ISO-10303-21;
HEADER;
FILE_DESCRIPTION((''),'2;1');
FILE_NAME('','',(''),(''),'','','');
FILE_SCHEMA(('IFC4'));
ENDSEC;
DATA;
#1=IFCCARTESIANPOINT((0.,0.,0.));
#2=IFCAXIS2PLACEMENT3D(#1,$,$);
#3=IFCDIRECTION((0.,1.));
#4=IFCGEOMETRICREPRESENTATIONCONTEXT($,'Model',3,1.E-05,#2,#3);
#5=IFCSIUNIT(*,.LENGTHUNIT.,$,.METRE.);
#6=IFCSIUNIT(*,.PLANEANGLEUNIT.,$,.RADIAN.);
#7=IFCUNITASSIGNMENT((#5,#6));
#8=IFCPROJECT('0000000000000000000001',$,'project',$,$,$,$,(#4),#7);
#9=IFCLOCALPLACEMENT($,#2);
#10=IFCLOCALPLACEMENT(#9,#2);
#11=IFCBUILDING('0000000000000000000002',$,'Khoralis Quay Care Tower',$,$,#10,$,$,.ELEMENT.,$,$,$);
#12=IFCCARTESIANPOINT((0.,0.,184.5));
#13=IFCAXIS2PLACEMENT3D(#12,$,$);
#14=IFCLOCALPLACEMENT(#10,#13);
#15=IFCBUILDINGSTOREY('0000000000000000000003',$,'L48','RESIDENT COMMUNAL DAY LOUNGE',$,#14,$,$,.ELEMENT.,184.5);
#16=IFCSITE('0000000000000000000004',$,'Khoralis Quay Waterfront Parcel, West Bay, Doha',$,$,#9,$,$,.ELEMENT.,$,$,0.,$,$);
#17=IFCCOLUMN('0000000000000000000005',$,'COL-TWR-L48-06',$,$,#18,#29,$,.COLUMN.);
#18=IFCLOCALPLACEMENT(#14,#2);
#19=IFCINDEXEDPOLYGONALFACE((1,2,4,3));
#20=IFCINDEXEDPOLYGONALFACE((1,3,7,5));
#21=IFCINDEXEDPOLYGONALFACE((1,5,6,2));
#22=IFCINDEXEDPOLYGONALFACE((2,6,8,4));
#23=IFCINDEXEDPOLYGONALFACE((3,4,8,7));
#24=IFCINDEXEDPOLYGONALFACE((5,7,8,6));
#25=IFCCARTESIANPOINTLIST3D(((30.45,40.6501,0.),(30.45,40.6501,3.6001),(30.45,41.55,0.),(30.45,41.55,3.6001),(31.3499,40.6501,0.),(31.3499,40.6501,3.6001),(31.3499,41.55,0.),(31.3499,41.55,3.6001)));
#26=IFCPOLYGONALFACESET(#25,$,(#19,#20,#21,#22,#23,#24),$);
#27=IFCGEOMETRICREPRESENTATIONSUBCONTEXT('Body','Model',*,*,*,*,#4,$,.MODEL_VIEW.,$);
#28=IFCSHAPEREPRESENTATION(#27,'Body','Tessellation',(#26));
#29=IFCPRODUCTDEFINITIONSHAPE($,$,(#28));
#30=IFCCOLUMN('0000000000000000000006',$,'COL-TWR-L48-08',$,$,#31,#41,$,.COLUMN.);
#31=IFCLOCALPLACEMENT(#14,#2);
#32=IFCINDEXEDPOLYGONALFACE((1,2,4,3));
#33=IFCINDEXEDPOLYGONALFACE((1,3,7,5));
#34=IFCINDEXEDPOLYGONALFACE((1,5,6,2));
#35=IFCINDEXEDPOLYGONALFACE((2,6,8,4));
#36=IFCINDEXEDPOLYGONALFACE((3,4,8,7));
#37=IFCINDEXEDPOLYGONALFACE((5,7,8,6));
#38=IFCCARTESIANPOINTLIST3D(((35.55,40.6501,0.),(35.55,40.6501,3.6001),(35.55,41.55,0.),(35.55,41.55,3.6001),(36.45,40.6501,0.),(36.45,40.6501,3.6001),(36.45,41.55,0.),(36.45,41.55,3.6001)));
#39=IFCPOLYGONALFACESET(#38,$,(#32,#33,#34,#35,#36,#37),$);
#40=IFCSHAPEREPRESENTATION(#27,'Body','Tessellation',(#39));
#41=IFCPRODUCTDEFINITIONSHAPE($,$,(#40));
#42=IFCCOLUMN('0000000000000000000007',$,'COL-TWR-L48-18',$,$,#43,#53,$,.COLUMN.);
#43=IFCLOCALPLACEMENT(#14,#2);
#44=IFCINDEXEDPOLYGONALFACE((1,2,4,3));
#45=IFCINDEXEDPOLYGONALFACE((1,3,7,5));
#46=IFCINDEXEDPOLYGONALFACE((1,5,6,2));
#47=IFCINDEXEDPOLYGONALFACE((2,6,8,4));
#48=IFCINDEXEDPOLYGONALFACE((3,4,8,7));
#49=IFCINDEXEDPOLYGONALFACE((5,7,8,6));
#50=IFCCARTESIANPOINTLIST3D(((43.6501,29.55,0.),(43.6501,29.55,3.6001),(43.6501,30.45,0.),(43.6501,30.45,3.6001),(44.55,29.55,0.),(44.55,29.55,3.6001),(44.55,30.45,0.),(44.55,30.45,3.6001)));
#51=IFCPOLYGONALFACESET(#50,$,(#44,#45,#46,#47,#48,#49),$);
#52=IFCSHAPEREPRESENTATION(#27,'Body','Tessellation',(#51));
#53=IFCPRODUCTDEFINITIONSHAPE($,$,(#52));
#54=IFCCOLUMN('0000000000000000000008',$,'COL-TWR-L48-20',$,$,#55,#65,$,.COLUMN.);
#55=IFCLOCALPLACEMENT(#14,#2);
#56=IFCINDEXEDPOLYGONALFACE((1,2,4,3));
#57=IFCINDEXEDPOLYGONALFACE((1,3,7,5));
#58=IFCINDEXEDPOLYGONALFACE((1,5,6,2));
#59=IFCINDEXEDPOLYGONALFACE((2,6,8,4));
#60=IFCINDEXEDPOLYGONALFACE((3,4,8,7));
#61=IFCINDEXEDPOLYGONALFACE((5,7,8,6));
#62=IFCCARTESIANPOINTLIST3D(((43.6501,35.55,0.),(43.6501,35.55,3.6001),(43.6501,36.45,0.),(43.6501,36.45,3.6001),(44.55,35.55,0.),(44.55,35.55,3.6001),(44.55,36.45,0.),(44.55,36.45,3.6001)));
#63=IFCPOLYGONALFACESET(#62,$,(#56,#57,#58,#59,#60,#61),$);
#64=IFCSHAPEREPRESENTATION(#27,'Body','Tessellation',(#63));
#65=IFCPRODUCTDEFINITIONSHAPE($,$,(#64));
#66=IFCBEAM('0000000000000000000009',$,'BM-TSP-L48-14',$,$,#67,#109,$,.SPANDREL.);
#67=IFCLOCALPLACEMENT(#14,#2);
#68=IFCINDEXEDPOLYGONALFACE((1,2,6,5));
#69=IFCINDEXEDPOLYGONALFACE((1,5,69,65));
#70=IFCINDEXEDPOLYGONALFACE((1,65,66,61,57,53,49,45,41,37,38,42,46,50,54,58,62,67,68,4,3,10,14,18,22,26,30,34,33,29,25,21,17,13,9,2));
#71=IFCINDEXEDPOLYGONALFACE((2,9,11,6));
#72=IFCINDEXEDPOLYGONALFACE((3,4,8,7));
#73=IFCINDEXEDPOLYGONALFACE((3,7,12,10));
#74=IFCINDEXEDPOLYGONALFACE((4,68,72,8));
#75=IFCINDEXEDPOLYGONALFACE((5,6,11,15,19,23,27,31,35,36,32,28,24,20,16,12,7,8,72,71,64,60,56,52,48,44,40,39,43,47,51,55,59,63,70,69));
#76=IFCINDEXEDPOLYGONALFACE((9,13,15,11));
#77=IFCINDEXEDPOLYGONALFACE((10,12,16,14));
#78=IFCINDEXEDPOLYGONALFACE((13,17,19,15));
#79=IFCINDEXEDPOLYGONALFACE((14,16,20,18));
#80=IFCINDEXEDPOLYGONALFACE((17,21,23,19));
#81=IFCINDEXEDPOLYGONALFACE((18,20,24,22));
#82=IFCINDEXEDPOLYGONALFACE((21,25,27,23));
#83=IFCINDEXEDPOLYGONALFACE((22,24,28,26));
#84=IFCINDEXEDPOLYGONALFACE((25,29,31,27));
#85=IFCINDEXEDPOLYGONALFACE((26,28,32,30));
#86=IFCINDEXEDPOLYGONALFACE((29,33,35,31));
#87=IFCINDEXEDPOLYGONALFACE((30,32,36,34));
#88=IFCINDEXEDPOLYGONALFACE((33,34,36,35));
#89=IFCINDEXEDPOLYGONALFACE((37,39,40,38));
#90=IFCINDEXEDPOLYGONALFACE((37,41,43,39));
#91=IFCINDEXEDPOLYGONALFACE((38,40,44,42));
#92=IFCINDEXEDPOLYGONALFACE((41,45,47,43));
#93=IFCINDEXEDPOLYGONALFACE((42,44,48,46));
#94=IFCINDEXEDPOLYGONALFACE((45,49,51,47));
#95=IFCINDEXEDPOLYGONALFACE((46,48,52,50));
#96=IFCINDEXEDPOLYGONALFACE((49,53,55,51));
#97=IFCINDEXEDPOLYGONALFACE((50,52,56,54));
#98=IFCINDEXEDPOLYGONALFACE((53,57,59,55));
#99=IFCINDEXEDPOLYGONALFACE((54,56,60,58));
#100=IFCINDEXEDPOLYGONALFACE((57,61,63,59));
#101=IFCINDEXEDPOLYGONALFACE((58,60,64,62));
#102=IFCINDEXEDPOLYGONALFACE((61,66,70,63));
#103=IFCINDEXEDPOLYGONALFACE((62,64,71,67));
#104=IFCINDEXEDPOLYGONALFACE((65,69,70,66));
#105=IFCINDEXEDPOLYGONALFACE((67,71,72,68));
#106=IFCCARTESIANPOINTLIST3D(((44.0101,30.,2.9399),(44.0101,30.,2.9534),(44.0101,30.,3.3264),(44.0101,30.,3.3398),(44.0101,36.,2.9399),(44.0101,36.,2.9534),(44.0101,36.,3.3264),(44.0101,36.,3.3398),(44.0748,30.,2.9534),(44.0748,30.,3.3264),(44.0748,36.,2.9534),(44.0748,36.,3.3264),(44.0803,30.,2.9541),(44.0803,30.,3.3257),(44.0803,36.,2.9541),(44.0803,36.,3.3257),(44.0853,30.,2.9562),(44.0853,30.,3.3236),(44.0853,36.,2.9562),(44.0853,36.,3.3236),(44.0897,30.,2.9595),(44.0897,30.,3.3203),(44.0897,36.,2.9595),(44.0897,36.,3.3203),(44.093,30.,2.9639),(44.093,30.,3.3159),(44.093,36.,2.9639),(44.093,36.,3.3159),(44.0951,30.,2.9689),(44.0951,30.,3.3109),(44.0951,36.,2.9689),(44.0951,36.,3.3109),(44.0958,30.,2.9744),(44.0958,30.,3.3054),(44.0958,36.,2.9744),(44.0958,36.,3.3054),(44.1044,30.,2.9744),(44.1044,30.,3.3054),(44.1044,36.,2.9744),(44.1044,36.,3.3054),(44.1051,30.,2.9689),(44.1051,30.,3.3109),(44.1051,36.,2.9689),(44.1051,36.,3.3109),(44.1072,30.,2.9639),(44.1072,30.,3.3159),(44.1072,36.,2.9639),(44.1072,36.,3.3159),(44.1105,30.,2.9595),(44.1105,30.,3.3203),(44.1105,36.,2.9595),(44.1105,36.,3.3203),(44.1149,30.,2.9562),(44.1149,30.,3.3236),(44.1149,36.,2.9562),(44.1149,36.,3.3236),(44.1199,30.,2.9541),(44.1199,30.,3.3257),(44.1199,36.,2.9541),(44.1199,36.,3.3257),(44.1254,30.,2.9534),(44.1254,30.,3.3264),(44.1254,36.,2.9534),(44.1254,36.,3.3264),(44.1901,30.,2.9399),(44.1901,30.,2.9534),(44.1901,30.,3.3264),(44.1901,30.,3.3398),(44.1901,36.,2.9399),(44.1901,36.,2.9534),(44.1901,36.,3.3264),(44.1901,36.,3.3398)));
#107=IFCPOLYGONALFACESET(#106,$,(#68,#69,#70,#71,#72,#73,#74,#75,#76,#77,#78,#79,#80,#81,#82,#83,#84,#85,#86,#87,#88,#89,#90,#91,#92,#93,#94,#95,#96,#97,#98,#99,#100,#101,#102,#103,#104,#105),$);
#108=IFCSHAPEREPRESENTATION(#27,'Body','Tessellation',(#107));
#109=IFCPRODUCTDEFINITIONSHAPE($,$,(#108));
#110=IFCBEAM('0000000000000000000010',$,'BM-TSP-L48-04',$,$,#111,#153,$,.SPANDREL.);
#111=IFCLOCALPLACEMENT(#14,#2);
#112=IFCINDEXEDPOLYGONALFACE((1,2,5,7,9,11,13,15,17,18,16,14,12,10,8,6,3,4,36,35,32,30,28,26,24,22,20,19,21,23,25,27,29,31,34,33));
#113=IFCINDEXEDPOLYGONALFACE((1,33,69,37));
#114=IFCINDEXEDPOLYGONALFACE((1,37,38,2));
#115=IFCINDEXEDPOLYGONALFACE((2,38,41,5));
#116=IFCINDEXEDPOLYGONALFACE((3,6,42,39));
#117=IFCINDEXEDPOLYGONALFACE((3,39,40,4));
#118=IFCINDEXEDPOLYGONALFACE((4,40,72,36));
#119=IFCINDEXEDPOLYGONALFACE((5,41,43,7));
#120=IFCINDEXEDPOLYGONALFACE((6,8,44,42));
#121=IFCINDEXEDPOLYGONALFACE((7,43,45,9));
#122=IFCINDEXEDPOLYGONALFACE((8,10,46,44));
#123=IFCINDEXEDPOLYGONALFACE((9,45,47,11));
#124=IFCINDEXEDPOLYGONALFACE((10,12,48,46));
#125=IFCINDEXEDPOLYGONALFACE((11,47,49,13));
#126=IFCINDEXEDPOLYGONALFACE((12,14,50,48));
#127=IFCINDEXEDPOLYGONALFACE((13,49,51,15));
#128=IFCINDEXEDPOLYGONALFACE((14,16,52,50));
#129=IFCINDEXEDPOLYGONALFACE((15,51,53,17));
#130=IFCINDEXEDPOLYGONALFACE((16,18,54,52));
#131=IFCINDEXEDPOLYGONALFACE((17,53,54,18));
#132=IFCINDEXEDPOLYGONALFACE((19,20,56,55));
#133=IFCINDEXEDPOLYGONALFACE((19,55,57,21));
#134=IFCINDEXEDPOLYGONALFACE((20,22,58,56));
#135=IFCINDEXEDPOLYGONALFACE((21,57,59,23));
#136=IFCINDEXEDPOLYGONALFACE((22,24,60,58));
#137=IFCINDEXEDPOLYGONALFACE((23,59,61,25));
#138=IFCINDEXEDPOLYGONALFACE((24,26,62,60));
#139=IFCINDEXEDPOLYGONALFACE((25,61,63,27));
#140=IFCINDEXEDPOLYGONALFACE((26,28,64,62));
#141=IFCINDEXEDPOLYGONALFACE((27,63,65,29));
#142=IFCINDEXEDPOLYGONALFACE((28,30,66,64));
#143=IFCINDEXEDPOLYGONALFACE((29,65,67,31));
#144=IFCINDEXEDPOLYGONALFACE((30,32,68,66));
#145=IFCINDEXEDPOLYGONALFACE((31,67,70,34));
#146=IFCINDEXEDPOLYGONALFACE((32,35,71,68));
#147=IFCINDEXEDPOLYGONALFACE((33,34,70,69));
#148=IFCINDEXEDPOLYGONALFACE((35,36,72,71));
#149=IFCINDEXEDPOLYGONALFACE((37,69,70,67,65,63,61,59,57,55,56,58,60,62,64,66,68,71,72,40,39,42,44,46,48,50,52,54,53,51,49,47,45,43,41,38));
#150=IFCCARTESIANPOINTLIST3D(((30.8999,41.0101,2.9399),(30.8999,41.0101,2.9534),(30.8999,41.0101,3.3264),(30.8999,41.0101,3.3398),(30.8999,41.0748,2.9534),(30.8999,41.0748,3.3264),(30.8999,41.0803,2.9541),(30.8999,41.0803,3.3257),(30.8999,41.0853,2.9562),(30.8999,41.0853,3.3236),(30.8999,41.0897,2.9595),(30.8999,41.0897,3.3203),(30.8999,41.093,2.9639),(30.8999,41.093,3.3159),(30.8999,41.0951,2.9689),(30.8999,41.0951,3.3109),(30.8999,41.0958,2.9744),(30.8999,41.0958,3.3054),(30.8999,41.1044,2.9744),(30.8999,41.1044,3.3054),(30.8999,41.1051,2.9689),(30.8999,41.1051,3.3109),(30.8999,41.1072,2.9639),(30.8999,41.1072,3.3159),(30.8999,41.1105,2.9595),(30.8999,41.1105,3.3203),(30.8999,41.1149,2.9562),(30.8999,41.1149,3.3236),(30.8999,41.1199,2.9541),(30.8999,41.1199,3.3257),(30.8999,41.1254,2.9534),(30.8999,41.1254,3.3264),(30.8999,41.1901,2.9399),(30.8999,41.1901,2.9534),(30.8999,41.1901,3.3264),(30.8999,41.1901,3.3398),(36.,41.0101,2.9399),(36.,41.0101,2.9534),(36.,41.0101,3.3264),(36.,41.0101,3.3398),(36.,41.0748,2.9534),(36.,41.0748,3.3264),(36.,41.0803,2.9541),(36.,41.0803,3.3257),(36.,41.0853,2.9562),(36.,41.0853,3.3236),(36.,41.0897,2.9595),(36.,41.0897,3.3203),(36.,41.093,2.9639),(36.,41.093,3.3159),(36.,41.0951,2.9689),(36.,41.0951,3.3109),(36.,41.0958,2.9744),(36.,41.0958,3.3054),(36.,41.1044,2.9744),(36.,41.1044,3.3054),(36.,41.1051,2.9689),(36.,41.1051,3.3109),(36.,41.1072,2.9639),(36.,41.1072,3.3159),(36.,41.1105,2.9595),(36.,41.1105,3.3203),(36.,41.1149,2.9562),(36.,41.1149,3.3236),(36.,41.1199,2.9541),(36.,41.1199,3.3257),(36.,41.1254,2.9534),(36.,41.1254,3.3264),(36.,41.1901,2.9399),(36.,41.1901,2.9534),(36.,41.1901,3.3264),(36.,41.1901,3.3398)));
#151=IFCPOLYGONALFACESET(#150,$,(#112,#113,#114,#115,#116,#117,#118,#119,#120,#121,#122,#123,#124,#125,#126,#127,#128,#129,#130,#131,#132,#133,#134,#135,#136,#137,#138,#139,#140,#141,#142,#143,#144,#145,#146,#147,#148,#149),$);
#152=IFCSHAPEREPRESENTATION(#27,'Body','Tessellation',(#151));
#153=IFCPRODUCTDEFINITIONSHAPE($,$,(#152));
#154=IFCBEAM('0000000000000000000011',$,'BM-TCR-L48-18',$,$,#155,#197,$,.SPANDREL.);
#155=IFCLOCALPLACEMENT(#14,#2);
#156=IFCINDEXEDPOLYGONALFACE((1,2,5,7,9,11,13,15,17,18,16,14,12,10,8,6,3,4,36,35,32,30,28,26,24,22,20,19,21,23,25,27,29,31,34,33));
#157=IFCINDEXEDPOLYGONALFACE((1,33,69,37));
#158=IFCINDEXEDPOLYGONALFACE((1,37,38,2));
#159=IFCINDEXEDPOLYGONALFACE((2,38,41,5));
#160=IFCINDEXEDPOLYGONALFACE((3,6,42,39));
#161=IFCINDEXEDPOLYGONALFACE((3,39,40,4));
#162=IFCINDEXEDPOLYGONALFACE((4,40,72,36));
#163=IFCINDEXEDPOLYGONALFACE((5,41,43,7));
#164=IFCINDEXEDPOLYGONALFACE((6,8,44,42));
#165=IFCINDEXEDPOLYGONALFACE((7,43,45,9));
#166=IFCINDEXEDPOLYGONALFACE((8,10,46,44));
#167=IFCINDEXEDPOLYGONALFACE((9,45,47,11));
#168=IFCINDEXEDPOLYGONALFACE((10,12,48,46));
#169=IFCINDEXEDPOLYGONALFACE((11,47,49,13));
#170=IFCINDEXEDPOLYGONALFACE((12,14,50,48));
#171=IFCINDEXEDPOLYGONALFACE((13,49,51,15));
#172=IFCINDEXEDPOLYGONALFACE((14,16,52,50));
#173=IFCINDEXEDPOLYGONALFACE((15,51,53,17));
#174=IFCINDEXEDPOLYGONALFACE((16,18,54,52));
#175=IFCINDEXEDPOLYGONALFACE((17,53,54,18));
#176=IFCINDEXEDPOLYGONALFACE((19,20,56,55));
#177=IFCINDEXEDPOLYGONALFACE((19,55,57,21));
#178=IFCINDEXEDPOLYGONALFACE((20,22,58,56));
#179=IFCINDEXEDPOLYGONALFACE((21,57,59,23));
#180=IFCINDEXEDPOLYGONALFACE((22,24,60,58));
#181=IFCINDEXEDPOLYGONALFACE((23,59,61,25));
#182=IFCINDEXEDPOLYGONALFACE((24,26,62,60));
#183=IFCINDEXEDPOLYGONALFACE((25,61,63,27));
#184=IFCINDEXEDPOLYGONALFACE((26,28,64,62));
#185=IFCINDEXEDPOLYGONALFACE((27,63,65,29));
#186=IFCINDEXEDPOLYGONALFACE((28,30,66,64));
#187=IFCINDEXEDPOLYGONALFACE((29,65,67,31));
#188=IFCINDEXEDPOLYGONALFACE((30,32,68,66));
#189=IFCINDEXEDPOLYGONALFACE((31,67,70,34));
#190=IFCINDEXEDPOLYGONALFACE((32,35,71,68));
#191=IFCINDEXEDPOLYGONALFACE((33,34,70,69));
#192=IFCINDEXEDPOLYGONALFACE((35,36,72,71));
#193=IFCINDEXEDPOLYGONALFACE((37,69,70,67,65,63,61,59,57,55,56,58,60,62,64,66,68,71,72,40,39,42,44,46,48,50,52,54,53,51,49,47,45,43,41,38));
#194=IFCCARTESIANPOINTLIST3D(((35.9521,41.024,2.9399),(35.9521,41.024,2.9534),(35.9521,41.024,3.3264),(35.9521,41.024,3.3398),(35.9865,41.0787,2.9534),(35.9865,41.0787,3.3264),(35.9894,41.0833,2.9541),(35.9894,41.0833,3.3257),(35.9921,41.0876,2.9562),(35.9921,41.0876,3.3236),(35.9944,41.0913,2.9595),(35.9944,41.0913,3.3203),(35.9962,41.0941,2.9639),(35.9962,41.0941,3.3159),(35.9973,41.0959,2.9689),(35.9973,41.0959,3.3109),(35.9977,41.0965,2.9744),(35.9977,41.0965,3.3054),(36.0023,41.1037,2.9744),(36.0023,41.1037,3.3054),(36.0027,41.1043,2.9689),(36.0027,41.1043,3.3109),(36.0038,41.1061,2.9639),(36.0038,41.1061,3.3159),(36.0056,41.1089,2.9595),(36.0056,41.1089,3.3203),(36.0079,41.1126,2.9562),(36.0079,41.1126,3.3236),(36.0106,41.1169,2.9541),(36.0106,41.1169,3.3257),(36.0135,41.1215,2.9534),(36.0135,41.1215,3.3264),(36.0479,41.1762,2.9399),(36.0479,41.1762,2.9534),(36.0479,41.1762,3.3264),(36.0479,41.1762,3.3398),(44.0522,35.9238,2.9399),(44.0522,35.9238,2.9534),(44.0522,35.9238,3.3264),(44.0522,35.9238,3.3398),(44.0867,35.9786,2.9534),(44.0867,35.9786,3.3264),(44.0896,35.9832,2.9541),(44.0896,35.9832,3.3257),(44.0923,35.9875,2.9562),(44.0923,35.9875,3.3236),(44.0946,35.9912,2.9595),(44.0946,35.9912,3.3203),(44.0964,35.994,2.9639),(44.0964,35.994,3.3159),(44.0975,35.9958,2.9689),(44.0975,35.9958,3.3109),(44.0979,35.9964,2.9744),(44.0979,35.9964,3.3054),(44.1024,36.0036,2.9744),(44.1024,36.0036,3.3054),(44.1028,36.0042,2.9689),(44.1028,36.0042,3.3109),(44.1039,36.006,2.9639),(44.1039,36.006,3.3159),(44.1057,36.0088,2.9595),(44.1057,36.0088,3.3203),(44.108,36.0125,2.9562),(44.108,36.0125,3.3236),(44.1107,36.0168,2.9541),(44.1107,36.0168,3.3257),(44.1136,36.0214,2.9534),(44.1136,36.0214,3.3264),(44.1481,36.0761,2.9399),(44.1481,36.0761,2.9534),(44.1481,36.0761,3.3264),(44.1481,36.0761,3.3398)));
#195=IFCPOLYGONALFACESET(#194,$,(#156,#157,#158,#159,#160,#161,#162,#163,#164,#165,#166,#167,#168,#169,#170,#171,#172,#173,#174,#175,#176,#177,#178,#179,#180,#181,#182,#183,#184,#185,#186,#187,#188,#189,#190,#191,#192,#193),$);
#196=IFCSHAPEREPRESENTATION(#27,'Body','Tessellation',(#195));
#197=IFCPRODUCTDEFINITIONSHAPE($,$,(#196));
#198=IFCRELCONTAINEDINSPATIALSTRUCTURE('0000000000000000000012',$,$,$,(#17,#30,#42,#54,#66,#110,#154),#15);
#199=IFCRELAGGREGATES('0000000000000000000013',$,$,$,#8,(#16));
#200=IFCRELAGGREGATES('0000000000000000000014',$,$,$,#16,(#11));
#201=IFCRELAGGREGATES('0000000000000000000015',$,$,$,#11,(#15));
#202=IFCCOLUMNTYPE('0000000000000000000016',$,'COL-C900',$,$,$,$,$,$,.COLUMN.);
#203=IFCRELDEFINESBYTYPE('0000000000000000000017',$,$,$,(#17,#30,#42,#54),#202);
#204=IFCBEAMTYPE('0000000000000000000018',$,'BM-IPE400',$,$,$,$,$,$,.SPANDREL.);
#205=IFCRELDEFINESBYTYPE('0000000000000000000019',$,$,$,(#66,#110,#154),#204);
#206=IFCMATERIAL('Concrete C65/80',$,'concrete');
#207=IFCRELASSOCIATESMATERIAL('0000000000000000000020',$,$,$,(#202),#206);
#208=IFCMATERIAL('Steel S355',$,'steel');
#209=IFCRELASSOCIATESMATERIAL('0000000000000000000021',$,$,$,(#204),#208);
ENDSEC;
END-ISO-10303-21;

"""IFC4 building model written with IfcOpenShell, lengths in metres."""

from ifc_helpers import new_model, si_unit, direction, frame, origin, origin_2d, place, context, subcontext, project, spatial, rectangle, i_section, extrude, source, transform, mapped, material, material_profile, profile_set, type_object, element, save


model = new_model("IFC4")

# Units and contexts
model_context = context("Model", 3, precision=1e-05, world=origin(), true_north=direction((0.0, 1.0)))
body_context = subcontext(model_context, "Body", "Model", "MODEL_VIEW")
ifc_project = project(units=[si_unit("LENGTHUNIT", "METRE"), si_unit("PLANEANGLEUNIT", "RADIAN")], contexts=[model_context])

# Site, building, storey
site_placement = place(None, origin())
site = spatial("IfcSite", under=ifc_project, at=site_placement, Name="Khoralis Quay Waterfront Parcel, West Bay, Doha", CompositionType="ELEMENT", RefElevation=0.0)
building_placement = place(site_placement, origin())
building = spatial("IfcBuilding", under=site, at=building_placement, Name="Khoralis Quay Care Tower", CompositionType="ELEMENT")
storey_placement = place(building_placement, frame((0.0, 0.0, 184.5)))
storey = spatial("IfcBuildingStorey", under=building, at=storey_placement, Name="L48", Description="RESIDENT COMMUNAL DAY LOUNGE", CompositionType="ELEMENT", Elevation=184.5)

# Columns
ifc_material_1 = material(Name="Concrete C65/80", Category="concrete")
ifc_material_profile_1 = material_profile(ifc_material_1, rectangle(XDim=0.8999, YDim=0.8999, at=origin_2d()), Name="Concrete C65/80")
ifc_profile_set_1 = profile_set([ifc_material_profile_1], Name="Concrete C65/80")
column_type = type_object("IfcColumnType", Name="COL-C900", PredefinedType="COLUMN", material=ifc_profile_set_1)
shared_shape_1 = source(origin(), body_context, "Body", "SweptSolid", [
    extrude(rectangle(XDim=0.8999, YDim=0.8999, at=origin_2d()), origin(), (0.0, 0.0, 1.0), 3.6001),
])
for number, where, z_axis, x_axis, name in (
    (1, (30.8999, 41.1001, 0.0), (0.0, 0.0, 1.0), (1.0, 0.0, 0.0), "COL-TWR-L48-06"),
    (2, (36.0, 41.1001, 0.0), (0.0, 0.0, 1.0), (1.0, 0.0, 0.0), "COL-TWR-L48-08"),
    (3, (44.1001, 30.0, 0.0), (0.0, 0.0, 1.0), (1.0, 0.0, 0.0), "COL-TWR-L48-18"),
    (4, (44.1001, 36.0, 0.0), (0.0, 0.0, 1.0), (1.0, 0.0, 0.0), "COL-TWR-L48-20"),
):
    element("IfcColumn", number, at=place(storey_placement, frame(where, z_axis=z_axis, x_axis=x_axis)), inside=storey, type_object=column_type, Name=name, PredefinedType="COLUMN", context=body_context, shape_type="MappedRepresentation", body=[
        mapped(shared_shape_1, transform((0.0, 0.0, 0.0), scale=1.0)),
    ])

# Beams
ifc_material_2 = material(Name="Steel S355", Category="steel")
ifc_material_profile_2 = material_profile(ifc_material_2, i_section(OverallWidth=0.1799, OverallDepth=0.3999, WebThickness=0.0085, FlangeThickness=0.0134, FilletRadius=0.021, at=origin_2d()), Name="Steel S355")
ifc_profile_set_2 = profile_set([ifc_material_profile_2], Name="Steel S355")
beam_type_1 = type_object("IfcBeamType", Name="BM-IPE400", PredefinedType="SPANDREL", material=ifc_profile_set_2)
shared_shape_2 = source(origin(), body_context, "Body", "SweptSolid", [
    extrude(i_section(OverallWidth=0.1799, OverallDepth=0.3999, WebThickness=0.0085, FlangeThickness=0.0134, FilletRadius=0.021, at=origin_2d()), origin(), (0.0, 0.0, 1.0), 6.0),
])
beam_1_placement = place(storey_placement, frame((44.1001, 30.0, 3.1399), z_axis=(0.0, 1.0, 0.0), x_axis=(-1.0, 0.0, 0.0)))
element("IfcBeam", 5, at=beam_1_placement, inside=storey, type_object=beam_type_1, Name="BM-TSP-L48-14", PredefinedType="SPANDREL", context=body_context, shape_type="MappedRepresentation", body=[
    mapped(shared_shape_2, transform((0.0, 0.0, 0.0), scale=1.0)),
])
shared_shape_3 = source(origin(), body_context, "Body", "SweptSolid", [
    extrude(i_section(OverallWidth=0.1799, OverallDepth=0.3999, WebThickness=0.0085, FlangeThickness=0.0134, FilletRadius=0.021, at=origin_2d()), origin(), (0.0, 0.0, 1.0), 5.1001),
])
beam_2_placement = place(storey_placement, frame((30.8999, 41.1001, 3.1399), z_axis=(1.0, 0.0, 0.0), x_axis=(0.0, 1.0, 0.0)))
element("IfcBeam", 6, at=beam_2_placement, inside=storey, type_object=beam_type_1, Name="BM-TSP-L48-04", PredefinedType="SPANDREL", context=body_context, shape_type="MappedRepresentation", body=[
    mapped(shared_shape_3, transform((0.0, 0.0, 0.0), scale=1.0)),
])
shared_shape_4 = source(origin(), body_context, "Body", "SweptSolid", [
    extrude(i_section(OverallWidth=0.1799, OverallDepth=0.3999, WebThickness=0.0085, FlangeThickness=0.0134, FilletRadius=0.021, at=origin_2d()), origin(), (0.0, 0.0, 1.0), 9.572),
])
beam_3_placement = place(storey_placement, frame((36.0, 41.1001, 3.1399), z_axis=(0.846231, -0.532816, 0.0), x_axis=(0.532816, 0.846231, 0.0)))
element("IfcBeam", 7, at=beam_3_placement, inside=storey, type_object=beam_type_1, Name="BM-TCR-L48-18", PredefinedType="SPANDREL", context=body_context, shape_type="MappedRepresentation", body=[
    mapped(shared_shape_4, transform((0.0, 0.0, 0.0), scale=1.0)),
])

save(model, "model.ifc")
